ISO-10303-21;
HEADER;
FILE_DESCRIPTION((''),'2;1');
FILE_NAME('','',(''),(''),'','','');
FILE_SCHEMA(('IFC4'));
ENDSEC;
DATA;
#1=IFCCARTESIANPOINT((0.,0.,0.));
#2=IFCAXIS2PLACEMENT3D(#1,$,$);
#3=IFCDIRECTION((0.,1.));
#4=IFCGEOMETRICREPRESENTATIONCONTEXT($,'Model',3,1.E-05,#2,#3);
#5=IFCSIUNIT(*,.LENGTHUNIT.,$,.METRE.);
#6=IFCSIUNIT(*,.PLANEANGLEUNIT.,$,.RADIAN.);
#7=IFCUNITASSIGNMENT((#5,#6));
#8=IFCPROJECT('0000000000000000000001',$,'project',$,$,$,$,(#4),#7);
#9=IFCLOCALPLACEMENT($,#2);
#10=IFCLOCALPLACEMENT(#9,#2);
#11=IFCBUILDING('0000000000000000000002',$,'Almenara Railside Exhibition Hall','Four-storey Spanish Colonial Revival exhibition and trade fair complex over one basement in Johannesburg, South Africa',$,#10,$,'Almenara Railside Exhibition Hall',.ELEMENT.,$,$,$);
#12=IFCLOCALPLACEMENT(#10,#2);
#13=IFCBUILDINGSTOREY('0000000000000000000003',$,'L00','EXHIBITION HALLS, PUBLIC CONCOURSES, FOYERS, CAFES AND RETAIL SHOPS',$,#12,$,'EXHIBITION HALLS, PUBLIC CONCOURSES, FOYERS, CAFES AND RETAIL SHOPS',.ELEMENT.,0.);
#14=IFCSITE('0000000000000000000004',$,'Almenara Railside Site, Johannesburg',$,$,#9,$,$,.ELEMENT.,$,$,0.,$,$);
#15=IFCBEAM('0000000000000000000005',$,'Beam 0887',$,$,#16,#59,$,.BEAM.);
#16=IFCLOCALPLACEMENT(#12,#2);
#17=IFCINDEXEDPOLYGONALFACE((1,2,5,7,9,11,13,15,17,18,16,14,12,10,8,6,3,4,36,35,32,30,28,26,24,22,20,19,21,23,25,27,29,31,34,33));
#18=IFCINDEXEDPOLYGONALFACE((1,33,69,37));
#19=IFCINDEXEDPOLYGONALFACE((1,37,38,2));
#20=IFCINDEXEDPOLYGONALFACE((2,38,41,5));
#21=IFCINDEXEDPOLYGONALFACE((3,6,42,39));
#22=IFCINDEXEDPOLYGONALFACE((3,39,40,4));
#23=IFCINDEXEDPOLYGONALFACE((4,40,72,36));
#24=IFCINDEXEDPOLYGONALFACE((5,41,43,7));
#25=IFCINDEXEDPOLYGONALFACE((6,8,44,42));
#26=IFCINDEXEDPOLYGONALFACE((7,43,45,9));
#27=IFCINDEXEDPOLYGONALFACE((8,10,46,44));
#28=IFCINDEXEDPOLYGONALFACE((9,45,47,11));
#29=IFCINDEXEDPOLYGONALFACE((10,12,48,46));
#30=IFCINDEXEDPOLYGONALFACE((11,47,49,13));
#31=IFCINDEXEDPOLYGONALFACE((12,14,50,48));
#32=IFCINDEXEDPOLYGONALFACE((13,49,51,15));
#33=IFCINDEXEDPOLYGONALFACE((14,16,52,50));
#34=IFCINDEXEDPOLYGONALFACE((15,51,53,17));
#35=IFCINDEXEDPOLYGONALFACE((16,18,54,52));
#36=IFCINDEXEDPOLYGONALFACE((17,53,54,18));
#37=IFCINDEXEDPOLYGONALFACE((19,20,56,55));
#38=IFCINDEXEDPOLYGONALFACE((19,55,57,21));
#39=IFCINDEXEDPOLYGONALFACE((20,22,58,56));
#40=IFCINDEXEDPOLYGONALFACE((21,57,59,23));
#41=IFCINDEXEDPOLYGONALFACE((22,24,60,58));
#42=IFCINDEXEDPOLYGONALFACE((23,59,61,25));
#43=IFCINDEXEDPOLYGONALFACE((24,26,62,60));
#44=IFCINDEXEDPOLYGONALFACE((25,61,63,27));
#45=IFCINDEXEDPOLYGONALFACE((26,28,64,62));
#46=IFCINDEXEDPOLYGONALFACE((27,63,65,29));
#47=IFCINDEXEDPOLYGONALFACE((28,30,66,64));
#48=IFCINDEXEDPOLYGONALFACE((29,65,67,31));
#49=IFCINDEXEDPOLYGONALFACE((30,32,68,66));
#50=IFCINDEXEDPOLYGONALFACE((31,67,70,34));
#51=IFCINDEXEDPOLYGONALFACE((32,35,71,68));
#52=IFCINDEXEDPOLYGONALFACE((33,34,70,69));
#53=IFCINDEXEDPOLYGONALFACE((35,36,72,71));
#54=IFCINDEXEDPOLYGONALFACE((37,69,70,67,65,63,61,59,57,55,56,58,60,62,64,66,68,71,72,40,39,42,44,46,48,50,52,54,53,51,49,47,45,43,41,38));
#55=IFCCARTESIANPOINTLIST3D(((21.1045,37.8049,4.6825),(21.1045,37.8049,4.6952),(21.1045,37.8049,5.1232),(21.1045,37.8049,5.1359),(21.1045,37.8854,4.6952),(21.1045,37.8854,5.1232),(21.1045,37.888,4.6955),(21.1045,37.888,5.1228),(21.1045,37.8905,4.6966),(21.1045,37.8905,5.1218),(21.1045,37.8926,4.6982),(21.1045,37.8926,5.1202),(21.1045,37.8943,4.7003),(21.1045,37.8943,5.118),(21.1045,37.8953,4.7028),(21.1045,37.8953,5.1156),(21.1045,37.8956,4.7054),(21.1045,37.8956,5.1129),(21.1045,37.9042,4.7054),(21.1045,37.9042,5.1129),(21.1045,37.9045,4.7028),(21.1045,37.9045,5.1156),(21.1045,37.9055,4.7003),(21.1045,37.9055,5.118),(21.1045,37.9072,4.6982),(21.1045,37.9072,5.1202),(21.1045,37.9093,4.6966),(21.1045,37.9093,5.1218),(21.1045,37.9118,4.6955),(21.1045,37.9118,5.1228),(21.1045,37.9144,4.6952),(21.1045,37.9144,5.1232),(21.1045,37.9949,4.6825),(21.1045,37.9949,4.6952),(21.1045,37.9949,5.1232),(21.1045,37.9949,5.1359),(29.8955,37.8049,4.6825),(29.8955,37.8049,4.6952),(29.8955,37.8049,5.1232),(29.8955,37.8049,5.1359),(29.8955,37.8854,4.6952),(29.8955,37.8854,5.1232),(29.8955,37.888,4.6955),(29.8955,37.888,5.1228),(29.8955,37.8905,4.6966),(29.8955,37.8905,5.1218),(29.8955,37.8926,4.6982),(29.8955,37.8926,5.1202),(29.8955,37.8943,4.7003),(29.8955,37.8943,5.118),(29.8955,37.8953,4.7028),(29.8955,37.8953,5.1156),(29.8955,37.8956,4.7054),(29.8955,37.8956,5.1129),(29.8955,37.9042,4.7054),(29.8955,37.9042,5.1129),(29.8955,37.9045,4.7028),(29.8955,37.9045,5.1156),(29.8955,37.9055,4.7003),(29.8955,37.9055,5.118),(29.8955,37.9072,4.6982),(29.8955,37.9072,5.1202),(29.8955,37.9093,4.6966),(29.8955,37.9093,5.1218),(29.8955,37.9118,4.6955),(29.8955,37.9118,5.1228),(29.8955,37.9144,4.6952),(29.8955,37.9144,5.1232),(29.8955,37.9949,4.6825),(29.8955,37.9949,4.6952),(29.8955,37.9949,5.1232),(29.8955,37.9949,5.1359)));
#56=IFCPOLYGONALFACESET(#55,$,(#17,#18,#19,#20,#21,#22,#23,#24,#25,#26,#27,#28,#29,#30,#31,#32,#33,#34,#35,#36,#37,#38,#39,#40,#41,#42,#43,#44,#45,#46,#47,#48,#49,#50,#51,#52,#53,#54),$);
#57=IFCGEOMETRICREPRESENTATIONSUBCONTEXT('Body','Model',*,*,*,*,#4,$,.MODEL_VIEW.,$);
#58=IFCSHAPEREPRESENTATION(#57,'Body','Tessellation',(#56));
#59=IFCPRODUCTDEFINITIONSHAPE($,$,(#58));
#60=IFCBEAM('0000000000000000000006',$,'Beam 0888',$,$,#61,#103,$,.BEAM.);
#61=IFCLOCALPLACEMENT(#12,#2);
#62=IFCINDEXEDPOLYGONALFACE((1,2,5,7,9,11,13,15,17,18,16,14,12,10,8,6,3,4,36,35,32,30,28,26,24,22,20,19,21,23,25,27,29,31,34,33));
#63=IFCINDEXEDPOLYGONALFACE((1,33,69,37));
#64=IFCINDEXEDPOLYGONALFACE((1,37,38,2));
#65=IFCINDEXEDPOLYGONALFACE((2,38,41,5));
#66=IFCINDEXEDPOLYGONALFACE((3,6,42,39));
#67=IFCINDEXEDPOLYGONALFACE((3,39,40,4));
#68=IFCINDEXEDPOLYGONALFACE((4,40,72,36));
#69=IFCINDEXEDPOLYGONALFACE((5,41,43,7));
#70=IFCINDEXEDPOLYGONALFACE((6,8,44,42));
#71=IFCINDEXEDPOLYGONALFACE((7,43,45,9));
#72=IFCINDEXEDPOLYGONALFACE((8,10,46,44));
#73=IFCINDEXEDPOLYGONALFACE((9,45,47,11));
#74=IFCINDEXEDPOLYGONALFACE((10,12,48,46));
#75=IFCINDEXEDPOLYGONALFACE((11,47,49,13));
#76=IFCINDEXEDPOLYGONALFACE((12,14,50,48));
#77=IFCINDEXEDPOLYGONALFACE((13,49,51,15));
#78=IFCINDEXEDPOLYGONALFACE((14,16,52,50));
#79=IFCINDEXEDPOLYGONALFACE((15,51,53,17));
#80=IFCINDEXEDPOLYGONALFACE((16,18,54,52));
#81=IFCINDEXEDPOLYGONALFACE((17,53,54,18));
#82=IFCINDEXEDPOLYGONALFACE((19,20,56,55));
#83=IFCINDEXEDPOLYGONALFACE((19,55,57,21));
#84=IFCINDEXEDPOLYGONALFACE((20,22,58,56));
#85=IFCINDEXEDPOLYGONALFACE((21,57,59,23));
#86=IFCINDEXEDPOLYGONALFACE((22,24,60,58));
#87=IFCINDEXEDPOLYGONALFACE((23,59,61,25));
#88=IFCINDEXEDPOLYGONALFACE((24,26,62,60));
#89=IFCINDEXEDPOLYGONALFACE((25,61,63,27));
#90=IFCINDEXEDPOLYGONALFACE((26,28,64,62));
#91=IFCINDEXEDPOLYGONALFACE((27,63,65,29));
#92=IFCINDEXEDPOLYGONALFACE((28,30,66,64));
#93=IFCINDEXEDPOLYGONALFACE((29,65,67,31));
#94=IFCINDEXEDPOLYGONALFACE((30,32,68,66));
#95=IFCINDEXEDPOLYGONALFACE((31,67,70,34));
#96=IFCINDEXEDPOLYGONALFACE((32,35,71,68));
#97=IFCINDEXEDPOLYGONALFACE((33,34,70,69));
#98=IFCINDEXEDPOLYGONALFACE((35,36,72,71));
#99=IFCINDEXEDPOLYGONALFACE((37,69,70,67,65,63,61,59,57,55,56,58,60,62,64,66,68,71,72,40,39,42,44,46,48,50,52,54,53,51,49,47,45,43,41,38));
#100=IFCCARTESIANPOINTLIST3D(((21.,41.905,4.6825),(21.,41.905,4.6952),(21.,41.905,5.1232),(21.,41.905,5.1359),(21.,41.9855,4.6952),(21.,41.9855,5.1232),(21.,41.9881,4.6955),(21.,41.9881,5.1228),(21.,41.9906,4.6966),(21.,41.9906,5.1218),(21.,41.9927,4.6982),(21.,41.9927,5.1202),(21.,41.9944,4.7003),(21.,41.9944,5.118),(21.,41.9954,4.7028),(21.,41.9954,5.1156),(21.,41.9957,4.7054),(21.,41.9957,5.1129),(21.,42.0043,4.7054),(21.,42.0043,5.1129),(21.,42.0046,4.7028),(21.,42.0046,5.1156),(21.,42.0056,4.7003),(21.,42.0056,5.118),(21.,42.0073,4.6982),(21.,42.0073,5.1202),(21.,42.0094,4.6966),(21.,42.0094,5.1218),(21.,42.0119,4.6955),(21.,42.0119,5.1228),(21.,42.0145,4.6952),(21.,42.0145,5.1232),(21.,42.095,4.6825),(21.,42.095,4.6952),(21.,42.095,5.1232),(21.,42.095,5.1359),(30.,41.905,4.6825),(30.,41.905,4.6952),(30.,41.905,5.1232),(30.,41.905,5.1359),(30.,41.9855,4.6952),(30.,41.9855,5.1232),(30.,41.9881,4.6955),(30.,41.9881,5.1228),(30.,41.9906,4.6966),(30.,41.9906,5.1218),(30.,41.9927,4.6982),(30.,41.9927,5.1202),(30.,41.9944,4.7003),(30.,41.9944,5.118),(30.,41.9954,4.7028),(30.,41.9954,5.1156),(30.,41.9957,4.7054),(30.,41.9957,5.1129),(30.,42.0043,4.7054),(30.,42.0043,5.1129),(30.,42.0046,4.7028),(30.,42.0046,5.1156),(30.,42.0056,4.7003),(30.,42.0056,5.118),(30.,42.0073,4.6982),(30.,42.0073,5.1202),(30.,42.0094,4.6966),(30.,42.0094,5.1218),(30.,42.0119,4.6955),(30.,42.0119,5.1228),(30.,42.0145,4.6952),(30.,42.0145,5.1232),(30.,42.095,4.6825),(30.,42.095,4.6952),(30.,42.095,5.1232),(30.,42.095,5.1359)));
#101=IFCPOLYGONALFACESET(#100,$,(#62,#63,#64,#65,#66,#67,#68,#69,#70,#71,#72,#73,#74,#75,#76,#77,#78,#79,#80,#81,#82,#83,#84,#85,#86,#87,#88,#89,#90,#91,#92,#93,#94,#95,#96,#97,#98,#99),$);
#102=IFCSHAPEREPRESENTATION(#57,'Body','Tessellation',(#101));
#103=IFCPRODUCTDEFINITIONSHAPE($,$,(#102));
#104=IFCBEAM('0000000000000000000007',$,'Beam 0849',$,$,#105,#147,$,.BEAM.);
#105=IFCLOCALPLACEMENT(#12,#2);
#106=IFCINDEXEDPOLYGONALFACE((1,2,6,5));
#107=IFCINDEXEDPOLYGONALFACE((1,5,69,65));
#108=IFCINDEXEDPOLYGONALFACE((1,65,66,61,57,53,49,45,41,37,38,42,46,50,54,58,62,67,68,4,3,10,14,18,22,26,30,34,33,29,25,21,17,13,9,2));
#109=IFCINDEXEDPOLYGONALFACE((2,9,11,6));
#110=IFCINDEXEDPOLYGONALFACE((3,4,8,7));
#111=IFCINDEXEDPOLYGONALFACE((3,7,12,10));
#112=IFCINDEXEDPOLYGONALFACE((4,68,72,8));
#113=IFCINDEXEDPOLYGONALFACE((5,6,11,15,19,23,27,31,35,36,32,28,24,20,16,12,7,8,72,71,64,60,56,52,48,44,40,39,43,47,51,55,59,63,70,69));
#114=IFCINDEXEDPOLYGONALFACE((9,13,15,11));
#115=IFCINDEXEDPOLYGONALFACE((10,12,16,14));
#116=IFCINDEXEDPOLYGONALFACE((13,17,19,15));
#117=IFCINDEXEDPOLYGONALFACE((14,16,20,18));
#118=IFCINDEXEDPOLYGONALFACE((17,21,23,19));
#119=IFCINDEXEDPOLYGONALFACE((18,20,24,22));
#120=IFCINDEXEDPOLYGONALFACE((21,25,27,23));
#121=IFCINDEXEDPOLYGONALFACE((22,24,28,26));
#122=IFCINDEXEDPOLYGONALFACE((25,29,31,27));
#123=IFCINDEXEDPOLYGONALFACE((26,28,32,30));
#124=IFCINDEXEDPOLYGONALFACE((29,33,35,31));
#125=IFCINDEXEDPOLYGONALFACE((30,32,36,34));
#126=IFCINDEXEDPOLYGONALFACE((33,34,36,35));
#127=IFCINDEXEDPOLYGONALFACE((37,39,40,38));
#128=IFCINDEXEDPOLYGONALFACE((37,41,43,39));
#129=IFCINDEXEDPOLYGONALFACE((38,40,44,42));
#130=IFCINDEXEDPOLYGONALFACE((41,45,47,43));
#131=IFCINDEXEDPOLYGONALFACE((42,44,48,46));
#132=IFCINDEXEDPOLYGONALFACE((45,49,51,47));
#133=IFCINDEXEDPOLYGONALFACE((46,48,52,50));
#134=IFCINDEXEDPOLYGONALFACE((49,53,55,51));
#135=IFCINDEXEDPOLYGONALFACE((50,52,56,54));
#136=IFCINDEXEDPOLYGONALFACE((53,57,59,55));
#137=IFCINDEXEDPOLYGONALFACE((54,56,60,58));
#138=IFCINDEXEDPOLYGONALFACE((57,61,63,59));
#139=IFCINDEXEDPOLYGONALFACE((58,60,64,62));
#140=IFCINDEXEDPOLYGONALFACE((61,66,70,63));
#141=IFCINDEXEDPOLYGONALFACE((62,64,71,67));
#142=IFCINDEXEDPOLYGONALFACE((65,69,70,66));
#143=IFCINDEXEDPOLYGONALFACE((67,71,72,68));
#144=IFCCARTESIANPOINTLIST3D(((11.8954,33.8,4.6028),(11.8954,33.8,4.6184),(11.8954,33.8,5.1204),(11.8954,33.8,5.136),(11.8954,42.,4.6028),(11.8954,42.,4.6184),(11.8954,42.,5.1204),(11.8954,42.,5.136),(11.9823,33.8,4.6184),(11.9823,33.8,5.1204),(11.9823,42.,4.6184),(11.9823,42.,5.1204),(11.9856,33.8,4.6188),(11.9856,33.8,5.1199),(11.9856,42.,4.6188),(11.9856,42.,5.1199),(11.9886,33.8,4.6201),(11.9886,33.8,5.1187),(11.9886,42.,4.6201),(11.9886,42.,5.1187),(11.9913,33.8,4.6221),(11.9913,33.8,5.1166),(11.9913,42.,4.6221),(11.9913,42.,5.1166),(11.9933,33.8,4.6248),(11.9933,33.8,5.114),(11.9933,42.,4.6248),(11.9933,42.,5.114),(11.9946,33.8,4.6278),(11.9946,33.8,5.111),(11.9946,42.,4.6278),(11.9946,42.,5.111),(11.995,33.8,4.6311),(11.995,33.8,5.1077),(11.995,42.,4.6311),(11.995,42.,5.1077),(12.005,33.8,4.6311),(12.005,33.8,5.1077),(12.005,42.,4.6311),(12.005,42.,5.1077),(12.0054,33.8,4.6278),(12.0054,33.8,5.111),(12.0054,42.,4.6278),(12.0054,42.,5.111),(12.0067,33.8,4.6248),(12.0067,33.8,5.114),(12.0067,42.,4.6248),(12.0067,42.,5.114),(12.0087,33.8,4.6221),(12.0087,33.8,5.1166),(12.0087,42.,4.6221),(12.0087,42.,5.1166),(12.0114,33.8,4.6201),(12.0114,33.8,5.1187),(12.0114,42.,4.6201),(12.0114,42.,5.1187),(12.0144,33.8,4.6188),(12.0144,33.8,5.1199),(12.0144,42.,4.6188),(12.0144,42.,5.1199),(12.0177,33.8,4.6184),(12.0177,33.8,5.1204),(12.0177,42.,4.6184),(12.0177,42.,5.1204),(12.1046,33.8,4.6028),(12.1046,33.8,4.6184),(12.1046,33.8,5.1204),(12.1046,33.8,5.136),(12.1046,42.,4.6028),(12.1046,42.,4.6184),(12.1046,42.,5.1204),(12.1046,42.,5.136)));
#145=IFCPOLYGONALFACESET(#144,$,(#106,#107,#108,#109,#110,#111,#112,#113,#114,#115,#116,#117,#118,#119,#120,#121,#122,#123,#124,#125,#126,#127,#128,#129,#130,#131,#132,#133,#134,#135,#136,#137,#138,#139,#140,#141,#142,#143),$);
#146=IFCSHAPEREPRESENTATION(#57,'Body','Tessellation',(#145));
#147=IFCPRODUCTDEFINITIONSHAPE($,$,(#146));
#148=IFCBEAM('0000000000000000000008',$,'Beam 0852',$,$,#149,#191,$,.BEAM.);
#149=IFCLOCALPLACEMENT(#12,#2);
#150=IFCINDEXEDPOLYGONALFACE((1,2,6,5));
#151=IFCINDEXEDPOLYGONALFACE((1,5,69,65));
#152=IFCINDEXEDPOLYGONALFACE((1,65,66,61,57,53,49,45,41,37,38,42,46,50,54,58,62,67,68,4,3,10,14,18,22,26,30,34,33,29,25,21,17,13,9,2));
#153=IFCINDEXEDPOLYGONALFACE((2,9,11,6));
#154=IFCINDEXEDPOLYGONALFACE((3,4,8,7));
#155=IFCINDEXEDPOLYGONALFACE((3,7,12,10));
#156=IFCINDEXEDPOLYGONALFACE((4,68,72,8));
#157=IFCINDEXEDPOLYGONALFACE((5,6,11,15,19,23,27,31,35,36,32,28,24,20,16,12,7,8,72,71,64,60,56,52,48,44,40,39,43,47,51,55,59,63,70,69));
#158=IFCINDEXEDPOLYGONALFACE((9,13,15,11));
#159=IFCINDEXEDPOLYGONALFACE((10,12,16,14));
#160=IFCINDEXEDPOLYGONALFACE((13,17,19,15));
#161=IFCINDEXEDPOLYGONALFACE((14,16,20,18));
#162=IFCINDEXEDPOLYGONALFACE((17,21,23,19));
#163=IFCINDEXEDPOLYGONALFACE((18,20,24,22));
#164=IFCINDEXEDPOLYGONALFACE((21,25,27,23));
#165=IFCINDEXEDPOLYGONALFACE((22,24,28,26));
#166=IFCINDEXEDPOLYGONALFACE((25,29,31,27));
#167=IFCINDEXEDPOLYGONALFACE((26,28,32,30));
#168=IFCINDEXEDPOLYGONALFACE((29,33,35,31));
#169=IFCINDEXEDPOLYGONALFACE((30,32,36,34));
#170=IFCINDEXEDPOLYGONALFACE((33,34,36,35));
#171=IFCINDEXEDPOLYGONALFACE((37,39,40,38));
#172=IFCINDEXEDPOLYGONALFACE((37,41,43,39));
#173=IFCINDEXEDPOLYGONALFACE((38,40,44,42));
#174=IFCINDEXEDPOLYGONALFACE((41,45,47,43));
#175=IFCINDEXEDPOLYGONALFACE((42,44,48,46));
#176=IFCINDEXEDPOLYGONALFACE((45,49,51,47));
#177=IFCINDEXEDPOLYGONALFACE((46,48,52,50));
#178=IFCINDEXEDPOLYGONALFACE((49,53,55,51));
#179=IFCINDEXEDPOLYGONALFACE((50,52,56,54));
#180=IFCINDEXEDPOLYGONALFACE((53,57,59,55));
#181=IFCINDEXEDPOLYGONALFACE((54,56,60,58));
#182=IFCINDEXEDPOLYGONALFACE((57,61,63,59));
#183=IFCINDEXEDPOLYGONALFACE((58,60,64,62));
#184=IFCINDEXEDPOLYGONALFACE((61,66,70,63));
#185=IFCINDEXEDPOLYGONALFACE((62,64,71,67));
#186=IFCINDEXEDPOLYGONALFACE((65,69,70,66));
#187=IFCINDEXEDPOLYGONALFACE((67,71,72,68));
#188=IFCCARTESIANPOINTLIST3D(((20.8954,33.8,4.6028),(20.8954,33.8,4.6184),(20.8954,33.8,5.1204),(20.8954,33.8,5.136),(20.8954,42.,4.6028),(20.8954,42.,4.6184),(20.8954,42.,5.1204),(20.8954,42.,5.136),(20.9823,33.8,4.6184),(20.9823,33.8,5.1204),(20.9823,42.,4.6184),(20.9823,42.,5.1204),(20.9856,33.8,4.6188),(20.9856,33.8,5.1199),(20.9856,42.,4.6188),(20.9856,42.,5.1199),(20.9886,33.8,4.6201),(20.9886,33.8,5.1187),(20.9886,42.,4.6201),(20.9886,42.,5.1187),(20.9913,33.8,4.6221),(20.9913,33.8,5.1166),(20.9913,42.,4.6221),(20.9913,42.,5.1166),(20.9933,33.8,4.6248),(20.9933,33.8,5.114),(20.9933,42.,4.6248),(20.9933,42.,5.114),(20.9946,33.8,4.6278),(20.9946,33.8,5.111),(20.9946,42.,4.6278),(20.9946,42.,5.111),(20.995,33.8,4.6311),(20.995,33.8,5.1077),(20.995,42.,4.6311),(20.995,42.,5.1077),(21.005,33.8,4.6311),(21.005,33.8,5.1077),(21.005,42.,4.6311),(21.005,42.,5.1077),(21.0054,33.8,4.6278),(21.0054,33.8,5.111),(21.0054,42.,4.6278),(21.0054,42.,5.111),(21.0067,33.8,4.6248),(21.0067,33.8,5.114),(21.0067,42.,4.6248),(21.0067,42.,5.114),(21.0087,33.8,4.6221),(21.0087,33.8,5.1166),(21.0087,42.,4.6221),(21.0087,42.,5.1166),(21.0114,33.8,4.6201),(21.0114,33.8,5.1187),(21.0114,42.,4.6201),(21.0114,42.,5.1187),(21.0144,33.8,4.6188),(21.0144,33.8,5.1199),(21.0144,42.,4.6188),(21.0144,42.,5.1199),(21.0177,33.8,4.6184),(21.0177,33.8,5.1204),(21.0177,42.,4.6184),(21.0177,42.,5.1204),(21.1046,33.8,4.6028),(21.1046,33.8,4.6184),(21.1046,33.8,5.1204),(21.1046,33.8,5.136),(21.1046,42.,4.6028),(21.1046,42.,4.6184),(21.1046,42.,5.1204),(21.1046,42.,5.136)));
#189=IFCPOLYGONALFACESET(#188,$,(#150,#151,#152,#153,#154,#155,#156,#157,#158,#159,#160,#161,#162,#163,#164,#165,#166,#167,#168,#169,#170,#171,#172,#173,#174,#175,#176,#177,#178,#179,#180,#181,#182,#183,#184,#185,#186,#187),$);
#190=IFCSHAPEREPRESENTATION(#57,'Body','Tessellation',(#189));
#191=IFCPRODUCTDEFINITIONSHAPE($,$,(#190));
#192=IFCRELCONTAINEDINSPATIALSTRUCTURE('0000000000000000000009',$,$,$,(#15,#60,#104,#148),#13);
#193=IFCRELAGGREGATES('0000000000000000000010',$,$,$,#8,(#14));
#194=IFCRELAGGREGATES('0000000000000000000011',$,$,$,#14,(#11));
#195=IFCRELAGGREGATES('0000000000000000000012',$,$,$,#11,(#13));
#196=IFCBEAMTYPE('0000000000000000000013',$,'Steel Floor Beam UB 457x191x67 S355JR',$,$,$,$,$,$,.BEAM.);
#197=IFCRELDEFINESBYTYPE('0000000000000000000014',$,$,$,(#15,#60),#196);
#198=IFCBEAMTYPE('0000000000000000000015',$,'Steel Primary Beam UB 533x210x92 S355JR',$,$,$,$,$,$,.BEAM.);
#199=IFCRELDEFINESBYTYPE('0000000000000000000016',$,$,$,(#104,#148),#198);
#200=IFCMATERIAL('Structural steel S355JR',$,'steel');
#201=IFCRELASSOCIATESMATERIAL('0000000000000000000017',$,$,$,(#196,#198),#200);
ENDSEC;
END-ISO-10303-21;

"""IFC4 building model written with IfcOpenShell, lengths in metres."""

from ifc_helpers import new_model, si_unit, direction, frame, origin, origin_2d, place, context, subcontext, project, spatial, i_section, extrude, material, material_profile, profile_set, type_object, element, save


model = new_model("IFC4")

# Units and contexts
model_context = context("Model", 3, precision=1e-05, world=origin(), true_north=direction((0.0, 1.0)))
body_context = subcontext(model_context, "Body", "Model", "MODEL_VIEW")
ifc_project = project(units=[si_unit("LENGTHUNIT", "METRE"), si_unit("PLANEANGLEUNIT", "RADIAN")], contexts=[model_context])

# Site, building, storey
site_placement = place(None, origin())
site = spatial("IfcSite", under=ifc_project, at=site_placement, Name="Almenara Railside Site, Johannesburg", CompositionType="ELEMENT", RefElevation=0.0)
building_placement = place(site_placement, origin())
building = spatial("IfcBuilding", under=site, at=building_placement, Name="Almenara Railside Exhibition Hall", Description="Four-storey Spanish Colonial Revival exhibition and trade fair complex over one basement in Johannesburg, South Africa", LongName="Almenara Railside Exhibition Hall", CompositionType="ELEMENT")
storey_placement = place(building_placement, origin())
storey = spatial("IfcBuildingStorey", under=building, at=storey_placement, Name="L00", Description="EXHIBITION HALLS, PUBLIC CONCOURSES, FOYERS, CAFES AND RETAIL SHOPS", LongName="EXHIBITION HALLS, PUBLIC CONCOURSES, FOYERS, CAFES AND RETAIL SHOPS", CompositionType="ELEMENT", Elevation=0.0)

# Beams
ifc_material_1 = material(Name="Structural steel S355JR", Category="steel")
ifc_material_profile_1 = material_profile(ifc_material_1, i_section(OverallWidth=0.1899, OverallDepth=0.4534, WebThickness=0.0085, FlangeThickness=0.0127, FilletRadius=0.0103, at=origin_2d()), Name="UB 457x191x67")
ifc_profile_set_1 = profile_set([ifc_material_profile_1], Name="Structural steel S355JR")
beam_type_1 = type_object("IfcBeamType", Name="Steel Floor Beam UB 457x191x67 S355JR", PredefinedType="BEAM", material=ifc_profile_set_1)
beam_1_placement = place(storey_placement, frame((21.1045, 37.8999, 4.9092), z_axis=(1.0, 0.0, 0.0), x_axis=(0.0, 1.0, 0.0)))
element("IfcBeam", 1, at=beam_1_placement, inside=storey, type_object=beam_type_1, Name="Beam 0887", PredefinedType="BEAM", context=body_context, shape_type="SweptSolid", body=[
    extrude(i_section(OverallWidth=0.1899, OverallDepth=0.4534, WebThickness=0.0085, FlangeThickness=0.0127, FilletRadius=0.0103, at=origin_2d()), origin(), (0.0, 0.0, 1.0), 8.791),
])
beam_2_placement = place(storey_placement, frame((21.0, 42.0, 4.9092), z_axis=(1.0, 0.0, 0.0), x_axis=(0.0, 1.0, 0.0)))
element("IfcBeam", 2, at=beam_2_placement, inside=storey, type_object=beam_type_1, Name="Beam 0888", PredefinedType="BEAM", context=body_context, shape_type="SweptSolid", body=[
    extrude(i_section(OverallWidth=0.1899, OverallDepth=0.4534, WebThickness=0.0085, FlangeThickness=0.0127, FilletRadius=0.0103, at=origin_2d()), origin(), (0.0, 0.0, 1.0), 9.0),
])
ifc_material_profile_2 = material_profile(ifc_material_1, i_section(OverallWidth=0.2092, OverallDepth=0.5332, WebThickness=0.01, FlangeThickness=0.0156, FilletRadius=0.0127, at=origin_2d()), Name="UB 533x210x92")
ifc_profile_set_2 = profile_set([ifc_material_profile_2], Name="Structural steel S355JR")
beam_type_2 = type_object("IfcBeamType", Name="Steel Primary Beam UB 533x210x92 S355JR", PredefinedType="BEAM", material=ifc_profile_set_2)
for number, where, z_axis, x_axis, name in (
    (3, (12.0, 33.8, 4.8694), (0.0, 1.0, 0.0), (-1.0, 0.0, 0.0), "Beam 0849"),
    (4, (21.0, 33.8, 4.8694), (0.0, 1.0, 0.0), (-1.0, 0.0, 0.0), "Beam 0852"),
):
    element("IfcBeam", number, at=place(storey_placement, frame(where, z_axis=z_axis, x_axis=x_axis)), inside=storey, type_object=beam_type_2, Name=name, PredefinedType="BEAM", context=body_context, shape_type="SweptSolid", body=[
        extrude(i_section(OverallWidth=0.2092, OverallDepth=0.5332, WebThickness=0.01, FlangeThickness=0.0156, FilletRadius=0.0127, at=origin_2d()), origin(), (0.0, 0.0, 1.0), 8.2),
    ])

save(model, "model.ifc")
